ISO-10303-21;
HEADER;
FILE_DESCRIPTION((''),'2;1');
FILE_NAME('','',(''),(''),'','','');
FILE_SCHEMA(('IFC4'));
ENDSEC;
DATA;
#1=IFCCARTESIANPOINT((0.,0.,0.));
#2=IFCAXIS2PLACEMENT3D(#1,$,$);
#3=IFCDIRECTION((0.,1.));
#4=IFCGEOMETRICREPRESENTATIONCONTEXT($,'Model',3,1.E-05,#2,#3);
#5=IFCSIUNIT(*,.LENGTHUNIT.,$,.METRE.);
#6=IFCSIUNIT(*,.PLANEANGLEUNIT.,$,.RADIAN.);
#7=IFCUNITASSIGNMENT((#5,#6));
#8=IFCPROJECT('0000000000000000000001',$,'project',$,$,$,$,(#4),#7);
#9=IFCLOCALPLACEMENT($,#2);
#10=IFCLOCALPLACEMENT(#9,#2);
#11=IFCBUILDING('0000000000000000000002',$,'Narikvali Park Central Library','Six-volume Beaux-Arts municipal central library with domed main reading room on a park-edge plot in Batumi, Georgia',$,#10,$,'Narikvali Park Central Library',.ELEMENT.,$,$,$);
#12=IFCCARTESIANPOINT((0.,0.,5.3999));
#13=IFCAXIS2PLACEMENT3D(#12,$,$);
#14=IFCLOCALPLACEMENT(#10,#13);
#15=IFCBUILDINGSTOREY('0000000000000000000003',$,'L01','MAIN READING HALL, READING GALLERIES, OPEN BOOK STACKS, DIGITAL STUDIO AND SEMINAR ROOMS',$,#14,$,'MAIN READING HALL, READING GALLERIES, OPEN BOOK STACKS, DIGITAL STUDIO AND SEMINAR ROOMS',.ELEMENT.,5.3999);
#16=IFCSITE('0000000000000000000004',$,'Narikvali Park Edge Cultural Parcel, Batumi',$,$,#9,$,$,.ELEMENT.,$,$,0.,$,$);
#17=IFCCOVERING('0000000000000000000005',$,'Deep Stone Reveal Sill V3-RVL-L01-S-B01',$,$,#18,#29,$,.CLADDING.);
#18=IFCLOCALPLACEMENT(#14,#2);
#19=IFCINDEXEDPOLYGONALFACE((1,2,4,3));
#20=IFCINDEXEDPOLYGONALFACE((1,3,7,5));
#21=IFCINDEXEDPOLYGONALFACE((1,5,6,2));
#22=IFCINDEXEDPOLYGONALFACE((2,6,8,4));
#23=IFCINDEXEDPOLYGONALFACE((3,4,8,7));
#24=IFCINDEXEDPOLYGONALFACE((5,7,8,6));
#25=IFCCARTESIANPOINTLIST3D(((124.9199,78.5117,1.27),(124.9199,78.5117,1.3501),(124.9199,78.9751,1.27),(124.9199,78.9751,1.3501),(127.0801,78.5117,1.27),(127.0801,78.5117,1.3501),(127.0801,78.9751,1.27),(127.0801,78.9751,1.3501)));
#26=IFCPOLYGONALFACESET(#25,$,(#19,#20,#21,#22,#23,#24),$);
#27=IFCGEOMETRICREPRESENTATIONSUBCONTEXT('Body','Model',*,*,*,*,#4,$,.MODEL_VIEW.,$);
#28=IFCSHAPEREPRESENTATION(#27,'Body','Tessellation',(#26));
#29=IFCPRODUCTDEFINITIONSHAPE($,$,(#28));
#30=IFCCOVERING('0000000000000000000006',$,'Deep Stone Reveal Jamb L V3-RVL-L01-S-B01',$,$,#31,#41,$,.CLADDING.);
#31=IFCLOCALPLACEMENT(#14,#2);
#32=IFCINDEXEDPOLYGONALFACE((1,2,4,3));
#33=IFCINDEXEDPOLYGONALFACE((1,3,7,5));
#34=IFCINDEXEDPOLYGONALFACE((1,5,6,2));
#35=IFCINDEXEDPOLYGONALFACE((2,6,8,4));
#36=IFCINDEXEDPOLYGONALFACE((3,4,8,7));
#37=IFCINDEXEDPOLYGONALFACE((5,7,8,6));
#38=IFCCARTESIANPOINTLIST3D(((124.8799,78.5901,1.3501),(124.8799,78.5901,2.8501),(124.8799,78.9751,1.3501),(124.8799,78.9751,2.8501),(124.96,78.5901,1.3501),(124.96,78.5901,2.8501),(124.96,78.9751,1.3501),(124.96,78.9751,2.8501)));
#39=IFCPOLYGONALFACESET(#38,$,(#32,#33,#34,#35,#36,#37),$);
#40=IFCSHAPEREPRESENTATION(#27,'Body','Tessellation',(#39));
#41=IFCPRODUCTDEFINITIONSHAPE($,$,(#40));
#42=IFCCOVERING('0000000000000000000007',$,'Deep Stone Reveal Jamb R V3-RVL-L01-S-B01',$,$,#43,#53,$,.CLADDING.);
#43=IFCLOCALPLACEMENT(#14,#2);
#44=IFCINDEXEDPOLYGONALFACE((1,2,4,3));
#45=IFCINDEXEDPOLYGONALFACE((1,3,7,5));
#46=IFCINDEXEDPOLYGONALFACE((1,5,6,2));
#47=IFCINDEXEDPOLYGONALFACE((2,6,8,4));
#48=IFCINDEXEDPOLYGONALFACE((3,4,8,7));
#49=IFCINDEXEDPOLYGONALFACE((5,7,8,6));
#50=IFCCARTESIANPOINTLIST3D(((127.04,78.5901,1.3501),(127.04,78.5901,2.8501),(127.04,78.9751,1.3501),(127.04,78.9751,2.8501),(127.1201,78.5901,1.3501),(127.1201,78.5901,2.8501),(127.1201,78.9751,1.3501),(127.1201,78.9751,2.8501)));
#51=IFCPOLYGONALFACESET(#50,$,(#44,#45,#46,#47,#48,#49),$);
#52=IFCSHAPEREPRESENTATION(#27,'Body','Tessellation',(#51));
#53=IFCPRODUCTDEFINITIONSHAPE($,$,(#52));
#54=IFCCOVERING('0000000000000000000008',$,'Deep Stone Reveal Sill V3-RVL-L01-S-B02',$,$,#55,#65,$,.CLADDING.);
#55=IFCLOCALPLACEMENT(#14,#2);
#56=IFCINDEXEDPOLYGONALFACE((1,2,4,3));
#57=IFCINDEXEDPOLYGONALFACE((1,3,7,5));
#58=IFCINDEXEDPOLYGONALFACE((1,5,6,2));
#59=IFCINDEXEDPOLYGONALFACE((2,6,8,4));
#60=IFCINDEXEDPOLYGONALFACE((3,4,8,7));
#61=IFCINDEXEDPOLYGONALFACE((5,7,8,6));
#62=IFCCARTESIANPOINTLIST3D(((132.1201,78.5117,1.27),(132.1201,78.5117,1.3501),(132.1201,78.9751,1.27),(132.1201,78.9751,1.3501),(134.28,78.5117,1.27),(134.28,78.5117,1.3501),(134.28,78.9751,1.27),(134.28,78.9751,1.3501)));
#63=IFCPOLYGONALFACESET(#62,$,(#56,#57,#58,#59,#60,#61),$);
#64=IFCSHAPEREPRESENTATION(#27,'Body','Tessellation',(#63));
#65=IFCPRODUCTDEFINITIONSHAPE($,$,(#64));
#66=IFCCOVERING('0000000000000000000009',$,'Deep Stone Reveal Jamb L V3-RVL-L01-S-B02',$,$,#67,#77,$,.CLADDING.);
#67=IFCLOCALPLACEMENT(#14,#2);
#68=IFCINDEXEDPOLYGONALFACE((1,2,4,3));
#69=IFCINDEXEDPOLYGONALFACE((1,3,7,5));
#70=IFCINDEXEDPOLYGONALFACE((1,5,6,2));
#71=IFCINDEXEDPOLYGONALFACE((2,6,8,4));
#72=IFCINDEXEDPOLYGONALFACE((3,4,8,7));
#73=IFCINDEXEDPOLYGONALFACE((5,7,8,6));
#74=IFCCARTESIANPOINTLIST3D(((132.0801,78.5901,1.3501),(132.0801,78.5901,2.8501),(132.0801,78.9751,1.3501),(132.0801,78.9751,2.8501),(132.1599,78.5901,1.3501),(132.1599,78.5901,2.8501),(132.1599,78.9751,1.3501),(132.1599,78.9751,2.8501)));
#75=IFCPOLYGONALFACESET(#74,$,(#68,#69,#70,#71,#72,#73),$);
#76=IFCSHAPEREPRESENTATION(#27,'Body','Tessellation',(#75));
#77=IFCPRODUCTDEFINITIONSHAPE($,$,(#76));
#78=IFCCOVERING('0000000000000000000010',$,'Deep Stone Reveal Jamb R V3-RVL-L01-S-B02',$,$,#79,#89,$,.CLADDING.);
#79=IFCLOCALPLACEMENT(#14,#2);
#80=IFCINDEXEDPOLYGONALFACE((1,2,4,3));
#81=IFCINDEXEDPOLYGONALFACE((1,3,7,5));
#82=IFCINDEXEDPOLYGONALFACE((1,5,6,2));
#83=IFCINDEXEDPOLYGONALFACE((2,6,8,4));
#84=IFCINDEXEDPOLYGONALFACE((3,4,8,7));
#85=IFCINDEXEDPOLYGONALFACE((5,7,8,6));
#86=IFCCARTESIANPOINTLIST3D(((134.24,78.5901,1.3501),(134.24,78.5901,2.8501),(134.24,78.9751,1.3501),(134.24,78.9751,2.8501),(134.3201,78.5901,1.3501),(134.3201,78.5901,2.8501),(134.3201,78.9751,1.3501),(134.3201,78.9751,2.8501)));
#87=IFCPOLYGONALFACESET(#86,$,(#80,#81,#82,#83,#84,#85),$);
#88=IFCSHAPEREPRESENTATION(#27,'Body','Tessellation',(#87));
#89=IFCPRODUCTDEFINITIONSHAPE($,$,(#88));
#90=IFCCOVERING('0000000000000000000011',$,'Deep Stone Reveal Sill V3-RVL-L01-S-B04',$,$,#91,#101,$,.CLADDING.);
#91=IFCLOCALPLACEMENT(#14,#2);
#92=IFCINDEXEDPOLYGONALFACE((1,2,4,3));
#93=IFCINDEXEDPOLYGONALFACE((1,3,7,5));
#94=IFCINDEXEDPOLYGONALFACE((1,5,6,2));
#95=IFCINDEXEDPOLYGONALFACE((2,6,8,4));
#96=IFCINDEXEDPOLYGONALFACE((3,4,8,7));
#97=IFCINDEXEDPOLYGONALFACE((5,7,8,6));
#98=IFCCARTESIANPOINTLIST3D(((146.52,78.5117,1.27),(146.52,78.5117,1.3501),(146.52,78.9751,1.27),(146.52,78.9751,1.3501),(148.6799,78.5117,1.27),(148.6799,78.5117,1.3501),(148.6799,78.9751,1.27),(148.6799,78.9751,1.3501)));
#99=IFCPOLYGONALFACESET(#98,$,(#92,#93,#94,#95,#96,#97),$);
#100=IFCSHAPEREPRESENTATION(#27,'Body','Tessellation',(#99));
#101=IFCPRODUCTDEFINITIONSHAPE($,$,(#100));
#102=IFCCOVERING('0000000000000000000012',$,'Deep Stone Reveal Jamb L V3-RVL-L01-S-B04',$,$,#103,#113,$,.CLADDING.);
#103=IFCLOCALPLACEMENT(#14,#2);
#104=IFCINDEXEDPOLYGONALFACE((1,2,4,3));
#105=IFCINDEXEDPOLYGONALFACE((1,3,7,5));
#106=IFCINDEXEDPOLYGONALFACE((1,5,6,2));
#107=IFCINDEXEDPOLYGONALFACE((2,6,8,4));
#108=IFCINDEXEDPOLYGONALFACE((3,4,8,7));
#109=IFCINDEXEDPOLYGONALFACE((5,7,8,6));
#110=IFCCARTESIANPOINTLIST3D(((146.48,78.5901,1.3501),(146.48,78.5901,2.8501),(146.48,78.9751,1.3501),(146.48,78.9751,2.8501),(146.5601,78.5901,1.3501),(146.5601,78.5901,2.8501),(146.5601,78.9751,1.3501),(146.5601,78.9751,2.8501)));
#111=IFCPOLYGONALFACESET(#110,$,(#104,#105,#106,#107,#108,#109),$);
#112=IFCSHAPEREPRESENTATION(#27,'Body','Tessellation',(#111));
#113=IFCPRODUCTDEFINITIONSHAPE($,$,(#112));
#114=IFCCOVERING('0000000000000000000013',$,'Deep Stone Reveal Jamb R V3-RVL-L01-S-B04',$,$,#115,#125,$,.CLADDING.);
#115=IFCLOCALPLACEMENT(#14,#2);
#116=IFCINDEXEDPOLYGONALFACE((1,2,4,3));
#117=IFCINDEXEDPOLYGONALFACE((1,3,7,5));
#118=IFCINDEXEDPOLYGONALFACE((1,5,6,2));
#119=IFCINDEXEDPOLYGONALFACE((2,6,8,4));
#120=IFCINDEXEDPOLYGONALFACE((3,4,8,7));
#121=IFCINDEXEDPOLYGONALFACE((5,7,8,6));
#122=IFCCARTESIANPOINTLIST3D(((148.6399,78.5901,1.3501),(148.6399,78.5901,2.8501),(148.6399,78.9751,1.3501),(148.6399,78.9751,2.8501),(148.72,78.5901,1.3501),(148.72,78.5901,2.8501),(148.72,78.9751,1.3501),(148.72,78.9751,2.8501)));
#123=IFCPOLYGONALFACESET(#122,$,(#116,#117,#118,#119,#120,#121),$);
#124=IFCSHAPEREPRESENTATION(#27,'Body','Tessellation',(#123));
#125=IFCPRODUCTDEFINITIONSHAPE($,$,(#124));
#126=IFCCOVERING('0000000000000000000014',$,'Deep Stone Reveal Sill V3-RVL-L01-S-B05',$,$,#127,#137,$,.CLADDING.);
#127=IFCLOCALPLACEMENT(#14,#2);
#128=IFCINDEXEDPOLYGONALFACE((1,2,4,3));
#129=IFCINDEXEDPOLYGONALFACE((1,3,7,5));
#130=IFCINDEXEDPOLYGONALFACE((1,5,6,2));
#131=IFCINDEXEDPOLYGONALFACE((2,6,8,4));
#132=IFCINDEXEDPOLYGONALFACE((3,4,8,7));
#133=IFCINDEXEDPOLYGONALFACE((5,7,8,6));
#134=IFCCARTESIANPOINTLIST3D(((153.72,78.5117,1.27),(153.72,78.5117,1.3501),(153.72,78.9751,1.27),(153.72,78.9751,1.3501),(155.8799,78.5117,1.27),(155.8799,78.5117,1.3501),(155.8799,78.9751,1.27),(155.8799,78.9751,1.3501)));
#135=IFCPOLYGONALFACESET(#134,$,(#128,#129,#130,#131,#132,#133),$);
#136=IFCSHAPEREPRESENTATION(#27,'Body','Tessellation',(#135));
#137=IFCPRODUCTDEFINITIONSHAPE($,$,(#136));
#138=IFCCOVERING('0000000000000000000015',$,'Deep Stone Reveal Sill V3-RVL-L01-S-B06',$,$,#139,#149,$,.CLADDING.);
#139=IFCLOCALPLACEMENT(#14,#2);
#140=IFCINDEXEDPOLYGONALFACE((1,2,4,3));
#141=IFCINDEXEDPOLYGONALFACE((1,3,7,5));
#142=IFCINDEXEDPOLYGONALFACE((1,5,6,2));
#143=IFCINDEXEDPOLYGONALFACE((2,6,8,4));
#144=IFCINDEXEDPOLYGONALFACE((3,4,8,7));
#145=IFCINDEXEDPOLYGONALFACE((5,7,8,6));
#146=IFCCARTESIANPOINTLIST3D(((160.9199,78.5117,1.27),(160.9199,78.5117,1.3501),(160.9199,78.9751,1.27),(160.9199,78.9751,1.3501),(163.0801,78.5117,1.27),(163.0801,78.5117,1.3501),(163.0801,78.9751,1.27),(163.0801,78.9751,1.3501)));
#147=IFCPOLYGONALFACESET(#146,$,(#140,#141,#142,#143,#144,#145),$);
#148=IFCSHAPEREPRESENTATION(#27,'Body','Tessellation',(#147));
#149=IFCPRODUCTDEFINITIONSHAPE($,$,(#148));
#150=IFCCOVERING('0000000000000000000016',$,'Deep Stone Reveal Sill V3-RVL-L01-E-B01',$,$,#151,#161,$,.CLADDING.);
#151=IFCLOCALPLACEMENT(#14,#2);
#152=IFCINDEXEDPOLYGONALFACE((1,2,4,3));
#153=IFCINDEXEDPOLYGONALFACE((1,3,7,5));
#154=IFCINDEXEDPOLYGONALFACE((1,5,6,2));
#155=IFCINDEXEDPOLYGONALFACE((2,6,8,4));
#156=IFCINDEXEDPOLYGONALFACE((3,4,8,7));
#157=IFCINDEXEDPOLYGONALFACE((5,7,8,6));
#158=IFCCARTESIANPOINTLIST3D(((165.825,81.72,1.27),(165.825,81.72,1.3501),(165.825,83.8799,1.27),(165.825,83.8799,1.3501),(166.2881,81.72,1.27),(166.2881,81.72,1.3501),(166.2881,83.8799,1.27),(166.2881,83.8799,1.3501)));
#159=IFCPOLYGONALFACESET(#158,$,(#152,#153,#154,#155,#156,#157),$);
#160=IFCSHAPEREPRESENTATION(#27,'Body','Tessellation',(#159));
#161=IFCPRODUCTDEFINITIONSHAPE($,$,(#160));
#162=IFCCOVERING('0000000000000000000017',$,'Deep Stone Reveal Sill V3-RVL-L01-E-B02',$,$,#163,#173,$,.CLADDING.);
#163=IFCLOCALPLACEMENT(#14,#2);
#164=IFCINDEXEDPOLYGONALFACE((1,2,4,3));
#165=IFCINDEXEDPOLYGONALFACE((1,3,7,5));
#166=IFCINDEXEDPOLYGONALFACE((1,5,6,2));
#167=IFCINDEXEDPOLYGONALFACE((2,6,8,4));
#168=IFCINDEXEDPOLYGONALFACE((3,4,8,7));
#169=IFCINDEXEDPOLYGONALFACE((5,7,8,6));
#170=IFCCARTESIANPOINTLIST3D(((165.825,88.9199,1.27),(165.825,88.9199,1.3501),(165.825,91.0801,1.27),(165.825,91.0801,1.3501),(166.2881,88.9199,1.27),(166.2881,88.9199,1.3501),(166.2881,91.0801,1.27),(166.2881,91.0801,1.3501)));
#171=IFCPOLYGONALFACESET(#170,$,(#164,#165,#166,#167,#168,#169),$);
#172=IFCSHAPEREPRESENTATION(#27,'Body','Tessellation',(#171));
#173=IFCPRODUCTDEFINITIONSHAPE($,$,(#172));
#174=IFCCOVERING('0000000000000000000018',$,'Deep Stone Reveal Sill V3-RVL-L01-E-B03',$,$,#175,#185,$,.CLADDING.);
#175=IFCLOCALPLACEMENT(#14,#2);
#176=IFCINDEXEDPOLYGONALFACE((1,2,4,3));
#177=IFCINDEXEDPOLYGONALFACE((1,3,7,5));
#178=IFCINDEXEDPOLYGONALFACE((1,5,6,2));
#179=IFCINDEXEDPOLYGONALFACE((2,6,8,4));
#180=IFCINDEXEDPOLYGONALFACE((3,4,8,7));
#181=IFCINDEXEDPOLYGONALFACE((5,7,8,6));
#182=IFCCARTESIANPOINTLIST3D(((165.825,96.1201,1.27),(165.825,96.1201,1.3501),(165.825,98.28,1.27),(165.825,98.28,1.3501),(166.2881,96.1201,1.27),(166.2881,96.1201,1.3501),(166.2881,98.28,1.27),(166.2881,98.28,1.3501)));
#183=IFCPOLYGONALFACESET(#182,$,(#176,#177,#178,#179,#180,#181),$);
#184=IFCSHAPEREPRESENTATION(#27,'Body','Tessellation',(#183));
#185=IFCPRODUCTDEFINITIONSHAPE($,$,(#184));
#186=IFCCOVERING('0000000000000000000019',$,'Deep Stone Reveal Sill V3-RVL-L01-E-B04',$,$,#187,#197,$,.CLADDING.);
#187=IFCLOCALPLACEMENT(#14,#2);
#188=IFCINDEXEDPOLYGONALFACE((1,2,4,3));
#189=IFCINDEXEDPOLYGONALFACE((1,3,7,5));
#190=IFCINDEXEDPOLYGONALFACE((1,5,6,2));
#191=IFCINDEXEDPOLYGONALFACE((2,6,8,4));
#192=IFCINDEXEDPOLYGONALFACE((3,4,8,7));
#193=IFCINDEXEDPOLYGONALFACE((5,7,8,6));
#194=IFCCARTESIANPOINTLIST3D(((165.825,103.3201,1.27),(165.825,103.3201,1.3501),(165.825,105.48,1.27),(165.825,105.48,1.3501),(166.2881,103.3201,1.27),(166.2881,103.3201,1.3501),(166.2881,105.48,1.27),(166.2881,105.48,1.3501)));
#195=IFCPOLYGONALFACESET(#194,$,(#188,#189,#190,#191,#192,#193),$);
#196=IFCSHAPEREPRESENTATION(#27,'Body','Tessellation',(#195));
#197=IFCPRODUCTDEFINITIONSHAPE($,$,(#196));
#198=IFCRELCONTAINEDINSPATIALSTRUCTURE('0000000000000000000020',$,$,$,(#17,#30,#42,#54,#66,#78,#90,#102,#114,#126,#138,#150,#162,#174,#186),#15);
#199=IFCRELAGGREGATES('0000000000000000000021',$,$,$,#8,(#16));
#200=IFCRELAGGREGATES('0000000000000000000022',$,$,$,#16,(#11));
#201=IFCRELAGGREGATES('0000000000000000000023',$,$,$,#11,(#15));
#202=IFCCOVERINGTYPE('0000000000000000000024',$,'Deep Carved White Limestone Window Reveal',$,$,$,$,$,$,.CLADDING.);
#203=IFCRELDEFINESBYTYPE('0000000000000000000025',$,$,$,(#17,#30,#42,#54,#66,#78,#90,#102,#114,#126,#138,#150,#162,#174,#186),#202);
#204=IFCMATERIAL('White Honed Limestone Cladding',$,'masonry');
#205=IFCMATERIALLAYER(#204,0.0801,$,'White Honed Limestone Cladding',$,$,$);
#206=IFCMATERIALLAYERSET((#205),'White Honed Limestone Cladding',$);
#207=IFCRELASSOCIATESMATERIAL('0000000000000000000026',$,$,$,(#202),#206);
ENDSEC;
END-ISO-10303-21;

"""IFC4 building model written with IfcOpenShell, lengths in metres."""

from ifc_helpers import new_model, si_unit, direction, frame, origin, place, context, subcontext, project, spatial, polyline, outline, extrude, material, layer, layer_set, type_object, element, save


model = new_model("IFC4")

# Units and contexts
model_context = context("Model", 3, precision=1e-05, world=origin(), true_north=direction((0.0, 1.0)))
body_context = subcontext(model_context, "Body", "Model", "MODEL_VIEW")
ifc_project = project(units=[si_unit("LENGTHUNIT", "METRE"), si_unit("PLANEANGLEUNIT", "RADIAN")], contexts=[model_context])

# Site, building, storey
site_placement = place(None, origin())
site = spatial("IfcSite", under=ifc_project, at=site_placement, Name="Narikvali Park Edge Cultural Parcel, Batumi", CompositionType="ELEMENT", RefElevation=0.0)
building_placement = place(site_placement, origin())
building = spatial("IfcBuilding", under=site, at=building_placement, Name="Narikvali Park Central Library", Description="Six-volume Beaux-Arts municipal central library with domed main reading room on a park-edge plot in Batumi, Georgia", LongName="Narikvali Park Central Library", CompositionType="ELEMENT")
storey_placement = place(building_placement, frame((0.0, 0.0, 5.3999)))
storey = spatial("IfcBuildingStorey", under=building, at=storey_placement, Name="L01", Description="MAIN READING HALL, READING GALLERIES, OPEN BOOK STACKS, DIGITAL STUDIO AND SEMINAR ROOMS", LongName="MAIN READING HALL, READING GALLERIES, OPEN BOOK STACKS, DIGITAL STUDIO AND SEMINAR ROOMS", CompositionType="ELEMENT", Elevation=5.3999)

# Coverings
ifc_material = material(Name="White Honed Limestone Cladding", Category="masonry")
ifc_layer = layer(ifc_material, 0.0801, Name="White Honed Limestone Cladding")
ifc_layer_set = layer_set([ifc_layer], Name="White Honed Limestone Cladding")
covering_type = type_object("IfcCoveringType", Name="Deep Carved White Limestone Window Reveal", PredefinedType="CLADDING", material=ifc_layer_set)
covering_1_placement = place(storey_placement, frame((0.0, 0.0, 1.27)))
element("IfcCovering", 1, at=covering_1_placement, inside=storey, type_object=covering_type, Name="Deep Stone Reveal Sill V3-RVL-L01-S-B01", PredefinedType="CLADDING", context=body_context, shape_type="SweptSolid", body=[
    extrude(outline(polyline([(124.9199, 78.9751), (127.0801, 78.9751), (127.0801, 78.5117), (124.9199, 78.5117), (124.9199, 78.9751)])), origin(), (0.0, 0.0, 1.0), 0.0801),
])
covering_2_placement = place(storey_placement, frame((0.0, 0.0, 1.3501)))
element("IfcCovering", 2, at=covering_2_placement, inside=storey, type_object=covering_type, Name="Deep Stone Reveal Jamb L V3-RVL-L01-S-B01", PredefinedType="CLADDING", context=body_context, shape_type="SweptSolid", body=[
    extrude(outline(polyline([(124.8799, 78.9751), (124.96, 78.9751), (124.96, 78.5901), (124.8799, 78.5901), (124.8799, 78.9751)])), origin(), (0.0, 0.0, 1.0), 1.5),
])
covering_3_placement = place(storey_placement, frame((0.0, 0.0, 1.3501)))
element("IfcCovering", 3, at=covering_3_placement, inside=storey, type_object=covering_type, Name="Deep Stone Reveal Jamb R V3-RVL-L01-S-B01", PredefinedType="CLADDING", context=body_context, shape_type="SweptSolid", body=[
    extrude(outline(polyline([(127.04, 78.9751), (127.1201, 78.9751), (127.1201, 78.5901), (127.04, 78.5901), (127.04, 78.9751)])), origin(), (0.0, 0.0, 1.0), 1.5),
])
covering_4_placement = place(storey_placement, frame((0.0, 0.0, 1.27)))
element("IfcCovering", 4, at=covering_4_placement, inside=storey, type_object=covering_type, Name="Deep Stone Reveal Sill V3-RVL-L01-S-B02", PredefinedType="CLADDING", context=body_context, shape_type="SweptSolid", body=[
    extrude(outline(polyline([(132.1201, 78.9751), (134.28, 78.9751), (134.28, 78.5117), (132.1201, 78.5117), (132.1201, 78.9751)])), origin(), (0.0, 0.0, 1.0), 0.0801),
])
covering_5_placement = place(storey_placement, frame((0.0, 0.0, 1.3501)))
element("IfcCovering", 5, at=covering_5_placement, inside=storey, type_object=covering_type, Name="Deep Stone Reveal Jamb L V3-RVL-L01-S-B02", PredefinedType="CLADDING", context=body_context, shape_type="SweptSolid", body=[
    extrude(outline(polyline([(132.0801, 78.9751), (132.1599, 78.9751), (132.1599, 78.5901), (132.0801, 78.5901), (132.0801, 78.9751)])), origin(), (0.0, 0.0, 1.0), 1.5),
])
covering_6_placement = place(storey_placement, frame((0.0, 0.0, 1.3501)))
element("IfcCovering", 6, at=covering_6_placement, inside=storey, type_object=covering_type, Name="Deep Stone Reveal Jamb R V3-RVL-L01-S-B02", PredefinedType="CLADDING", context=body_context, shape_type="SweptSolid", body=[
    extrude(outline(polyline([(134.24, 78.9751), (134.3201, 78.9751), (134.3201, 78.5901), (134.24, 78.5901), (134.24, 78.9751)])), origin(), (0.0, 0.0, 1.0), 1.5),
])
covering_7_placement = place(storey_placement, frame((0.0, 0.0, 1.27)))
element("IfcCovering", 7, at=covering_7_placement, inside=storey, type_object=covering_type, Name="Deep Stone Reveal Sill V3-RVL-L01-S-B04", PredefinedType="CLADDING", context=body_context, shape_type="SweptSolid", body=[
    extrude(outline(polyline([(146.52, 78.9751), (148.6799, 78.9751), (148.6799, 78.5117), (146.52, 78.5117), (146.52, 78.9751)])), origin(), (0.0, 0.0, 1.0), 0.0801),
])
covering_8_placement = place(storey_placement, frame((0.0, 0.0, 1.3501)))
element("IfcCovering", 8, at=covering_8_placement, inside=storey, type_object=covering_type, Name="Deep Stone Reveal Jamb L V3-RVL-L01-S-B04", PredefinedType="CLADDING", context=body_context, shape_type="SweptSolid", body=[
    extrude(outline(polyline([(146.48, 78.9751), (146.5601, 78.9751), (146.5601, 78.5901), (146.48, 78.5901), (146.48, 78.9751)])), origin(), (0.0, 0.0, 1.0), 1.5),
])
covering_9_placement = place(storey_placement, frame((0.0, 0.0, 1.3501)))
element("IfcCovering", 9, at=covering_9_placement, inside=storey, type_object=covering_type, Name="Deep Stone Reveal Jamb R V3-RVL-L01-S-B04", PredefinedType="CLADDING", context=body_context, shape_type="SweptSolid", body=[
    extrude(outline(polyline([(148.6399, 78.9751), (148.72, 78.9751), (148.72, 78.5901), (148.6399, 78.5901), (148.6399, 78.9751)])), origin(), (0.0, 0.0, 1.0), 1.5),
])
covering_10_placement = place(storey_placement, frame((0.0, 0.0, 1.27)))
element("IfcCovering", 10, at=covering_10_placement, inside=storey, type_object=covering_type, Name="Deep Stone Reveal Sill V3-RVL-L01-S-B05", PredefinedType="CLADDING", context=body_context, shape_type="SweptSolid", body=[
    extrude(outline(polyline([(153.72, 78.9751), (155.8799, 78.9751), (155.8799, 78.5117), (153.72, 78.5117), (153.72, 78.9751)])), origin(), (0.0, 0.0, 1.0), 0.0801),
])
covering_11_placement = place(storey_placement, frame((0.0, 0.0, 1.27)))
element("IfcCovering", 11, at=covering_11_placement, inside=storey, type_object=covering_type, Name="Deep Stone Reveal Sill V3-RVL-L01-S-B06", PredefinedType="CLADDING", context=body_context, shape_type="SweptSolid", body=[
    extrude(outline(polyline([(160.9199, 78.9751), (163.0801, 78.9751), (163.0801, 78.5117), (160.9199, 78.5117), (160.9199, 78.9751)])), origin(), (0.0, 0.0, 1.0), 0.0801),
])
covering_12_placement = place(storey_placement, frame((0.0, 0.0, 1.27)))
element("IfcCovering", 12, at=covering_12_placement, inside=storey, type_object=covering_type, Name="Deep Stone Reveal Sill V3-RVL-L01-E-B01", PredefinedType="CLADDING", context=body_context, shape_type="SweptSolid", body=[
    extrude(outline(polyline([(165.825, 81.72), (165.825, 83.8799), (166.2881, 83.8799), (166.2881, 81.72), (165.825, 81.72)])), origin(), (0.0, 0.0, 1.0), 0.0801),
])
covering_13_placement = place(storey_placement, frame((0.0, 0.0, 1.27)))
element("IfcCovering", 13, at=covering_13_placement, inside=storey, type_object=covering_type, Name="Deep Stone Reveal Sill V3-RVL-L01-E-B02", PredefinedType="CLADDING", context=body_context, shape_type="SweptSolid", body=[
    extrude(outline(polyline([(165.825, 88.9199), (165.825, 91.0801), (166.2881, 91.0801), (166.2881, 88.9199), (165.825, 88.9199)])), origin(), (0.0, 0.0, 1.0), 0.0801),
])
covering_14_placement = place(storey_placement, frame((0.0, 0.0, 1.27)))
element("IfcCovering", 14, at=covering_14_placement, inside=storey, type_object=covering_type, Name="Deep Stone Reveal Sill V3-RVL-L01-E-B03", PredefinedType="CLADDING", context=body_context, shape_type="SweptSolid", body=[
    extrude(outline(polyline([(165.825, 96.1201), (165.825, 98.28), (166.2881, 98.28), (166.2881, 96.1201), (165.825, 96.1201)])), origin(), (0.0, 0.0, 1.0), 0.0801),
])
covering_15_placement = place(storey_placement, frame((0.0, 0.0, 1.27)))
element("IfcCovering", 15, at=covering_15_placement, inside=storey, type_object=covering_type, Name="Deep Stone Reveal Sill V3-RVL-L01-E-B04", PredefinedType="CLADDING", context=body_context, shape_type="SweptSolid", body=[
    extrude(outline(polyline([(165.825, 103.3201), (165.825, 105.48), (166.2881, 105.48), (166.2881, 103.3201), (165.825, 103.3201)])), origin(), (0.0, 0.0, 1.0), 0.0801),
])

save(model, "model.ifc")
